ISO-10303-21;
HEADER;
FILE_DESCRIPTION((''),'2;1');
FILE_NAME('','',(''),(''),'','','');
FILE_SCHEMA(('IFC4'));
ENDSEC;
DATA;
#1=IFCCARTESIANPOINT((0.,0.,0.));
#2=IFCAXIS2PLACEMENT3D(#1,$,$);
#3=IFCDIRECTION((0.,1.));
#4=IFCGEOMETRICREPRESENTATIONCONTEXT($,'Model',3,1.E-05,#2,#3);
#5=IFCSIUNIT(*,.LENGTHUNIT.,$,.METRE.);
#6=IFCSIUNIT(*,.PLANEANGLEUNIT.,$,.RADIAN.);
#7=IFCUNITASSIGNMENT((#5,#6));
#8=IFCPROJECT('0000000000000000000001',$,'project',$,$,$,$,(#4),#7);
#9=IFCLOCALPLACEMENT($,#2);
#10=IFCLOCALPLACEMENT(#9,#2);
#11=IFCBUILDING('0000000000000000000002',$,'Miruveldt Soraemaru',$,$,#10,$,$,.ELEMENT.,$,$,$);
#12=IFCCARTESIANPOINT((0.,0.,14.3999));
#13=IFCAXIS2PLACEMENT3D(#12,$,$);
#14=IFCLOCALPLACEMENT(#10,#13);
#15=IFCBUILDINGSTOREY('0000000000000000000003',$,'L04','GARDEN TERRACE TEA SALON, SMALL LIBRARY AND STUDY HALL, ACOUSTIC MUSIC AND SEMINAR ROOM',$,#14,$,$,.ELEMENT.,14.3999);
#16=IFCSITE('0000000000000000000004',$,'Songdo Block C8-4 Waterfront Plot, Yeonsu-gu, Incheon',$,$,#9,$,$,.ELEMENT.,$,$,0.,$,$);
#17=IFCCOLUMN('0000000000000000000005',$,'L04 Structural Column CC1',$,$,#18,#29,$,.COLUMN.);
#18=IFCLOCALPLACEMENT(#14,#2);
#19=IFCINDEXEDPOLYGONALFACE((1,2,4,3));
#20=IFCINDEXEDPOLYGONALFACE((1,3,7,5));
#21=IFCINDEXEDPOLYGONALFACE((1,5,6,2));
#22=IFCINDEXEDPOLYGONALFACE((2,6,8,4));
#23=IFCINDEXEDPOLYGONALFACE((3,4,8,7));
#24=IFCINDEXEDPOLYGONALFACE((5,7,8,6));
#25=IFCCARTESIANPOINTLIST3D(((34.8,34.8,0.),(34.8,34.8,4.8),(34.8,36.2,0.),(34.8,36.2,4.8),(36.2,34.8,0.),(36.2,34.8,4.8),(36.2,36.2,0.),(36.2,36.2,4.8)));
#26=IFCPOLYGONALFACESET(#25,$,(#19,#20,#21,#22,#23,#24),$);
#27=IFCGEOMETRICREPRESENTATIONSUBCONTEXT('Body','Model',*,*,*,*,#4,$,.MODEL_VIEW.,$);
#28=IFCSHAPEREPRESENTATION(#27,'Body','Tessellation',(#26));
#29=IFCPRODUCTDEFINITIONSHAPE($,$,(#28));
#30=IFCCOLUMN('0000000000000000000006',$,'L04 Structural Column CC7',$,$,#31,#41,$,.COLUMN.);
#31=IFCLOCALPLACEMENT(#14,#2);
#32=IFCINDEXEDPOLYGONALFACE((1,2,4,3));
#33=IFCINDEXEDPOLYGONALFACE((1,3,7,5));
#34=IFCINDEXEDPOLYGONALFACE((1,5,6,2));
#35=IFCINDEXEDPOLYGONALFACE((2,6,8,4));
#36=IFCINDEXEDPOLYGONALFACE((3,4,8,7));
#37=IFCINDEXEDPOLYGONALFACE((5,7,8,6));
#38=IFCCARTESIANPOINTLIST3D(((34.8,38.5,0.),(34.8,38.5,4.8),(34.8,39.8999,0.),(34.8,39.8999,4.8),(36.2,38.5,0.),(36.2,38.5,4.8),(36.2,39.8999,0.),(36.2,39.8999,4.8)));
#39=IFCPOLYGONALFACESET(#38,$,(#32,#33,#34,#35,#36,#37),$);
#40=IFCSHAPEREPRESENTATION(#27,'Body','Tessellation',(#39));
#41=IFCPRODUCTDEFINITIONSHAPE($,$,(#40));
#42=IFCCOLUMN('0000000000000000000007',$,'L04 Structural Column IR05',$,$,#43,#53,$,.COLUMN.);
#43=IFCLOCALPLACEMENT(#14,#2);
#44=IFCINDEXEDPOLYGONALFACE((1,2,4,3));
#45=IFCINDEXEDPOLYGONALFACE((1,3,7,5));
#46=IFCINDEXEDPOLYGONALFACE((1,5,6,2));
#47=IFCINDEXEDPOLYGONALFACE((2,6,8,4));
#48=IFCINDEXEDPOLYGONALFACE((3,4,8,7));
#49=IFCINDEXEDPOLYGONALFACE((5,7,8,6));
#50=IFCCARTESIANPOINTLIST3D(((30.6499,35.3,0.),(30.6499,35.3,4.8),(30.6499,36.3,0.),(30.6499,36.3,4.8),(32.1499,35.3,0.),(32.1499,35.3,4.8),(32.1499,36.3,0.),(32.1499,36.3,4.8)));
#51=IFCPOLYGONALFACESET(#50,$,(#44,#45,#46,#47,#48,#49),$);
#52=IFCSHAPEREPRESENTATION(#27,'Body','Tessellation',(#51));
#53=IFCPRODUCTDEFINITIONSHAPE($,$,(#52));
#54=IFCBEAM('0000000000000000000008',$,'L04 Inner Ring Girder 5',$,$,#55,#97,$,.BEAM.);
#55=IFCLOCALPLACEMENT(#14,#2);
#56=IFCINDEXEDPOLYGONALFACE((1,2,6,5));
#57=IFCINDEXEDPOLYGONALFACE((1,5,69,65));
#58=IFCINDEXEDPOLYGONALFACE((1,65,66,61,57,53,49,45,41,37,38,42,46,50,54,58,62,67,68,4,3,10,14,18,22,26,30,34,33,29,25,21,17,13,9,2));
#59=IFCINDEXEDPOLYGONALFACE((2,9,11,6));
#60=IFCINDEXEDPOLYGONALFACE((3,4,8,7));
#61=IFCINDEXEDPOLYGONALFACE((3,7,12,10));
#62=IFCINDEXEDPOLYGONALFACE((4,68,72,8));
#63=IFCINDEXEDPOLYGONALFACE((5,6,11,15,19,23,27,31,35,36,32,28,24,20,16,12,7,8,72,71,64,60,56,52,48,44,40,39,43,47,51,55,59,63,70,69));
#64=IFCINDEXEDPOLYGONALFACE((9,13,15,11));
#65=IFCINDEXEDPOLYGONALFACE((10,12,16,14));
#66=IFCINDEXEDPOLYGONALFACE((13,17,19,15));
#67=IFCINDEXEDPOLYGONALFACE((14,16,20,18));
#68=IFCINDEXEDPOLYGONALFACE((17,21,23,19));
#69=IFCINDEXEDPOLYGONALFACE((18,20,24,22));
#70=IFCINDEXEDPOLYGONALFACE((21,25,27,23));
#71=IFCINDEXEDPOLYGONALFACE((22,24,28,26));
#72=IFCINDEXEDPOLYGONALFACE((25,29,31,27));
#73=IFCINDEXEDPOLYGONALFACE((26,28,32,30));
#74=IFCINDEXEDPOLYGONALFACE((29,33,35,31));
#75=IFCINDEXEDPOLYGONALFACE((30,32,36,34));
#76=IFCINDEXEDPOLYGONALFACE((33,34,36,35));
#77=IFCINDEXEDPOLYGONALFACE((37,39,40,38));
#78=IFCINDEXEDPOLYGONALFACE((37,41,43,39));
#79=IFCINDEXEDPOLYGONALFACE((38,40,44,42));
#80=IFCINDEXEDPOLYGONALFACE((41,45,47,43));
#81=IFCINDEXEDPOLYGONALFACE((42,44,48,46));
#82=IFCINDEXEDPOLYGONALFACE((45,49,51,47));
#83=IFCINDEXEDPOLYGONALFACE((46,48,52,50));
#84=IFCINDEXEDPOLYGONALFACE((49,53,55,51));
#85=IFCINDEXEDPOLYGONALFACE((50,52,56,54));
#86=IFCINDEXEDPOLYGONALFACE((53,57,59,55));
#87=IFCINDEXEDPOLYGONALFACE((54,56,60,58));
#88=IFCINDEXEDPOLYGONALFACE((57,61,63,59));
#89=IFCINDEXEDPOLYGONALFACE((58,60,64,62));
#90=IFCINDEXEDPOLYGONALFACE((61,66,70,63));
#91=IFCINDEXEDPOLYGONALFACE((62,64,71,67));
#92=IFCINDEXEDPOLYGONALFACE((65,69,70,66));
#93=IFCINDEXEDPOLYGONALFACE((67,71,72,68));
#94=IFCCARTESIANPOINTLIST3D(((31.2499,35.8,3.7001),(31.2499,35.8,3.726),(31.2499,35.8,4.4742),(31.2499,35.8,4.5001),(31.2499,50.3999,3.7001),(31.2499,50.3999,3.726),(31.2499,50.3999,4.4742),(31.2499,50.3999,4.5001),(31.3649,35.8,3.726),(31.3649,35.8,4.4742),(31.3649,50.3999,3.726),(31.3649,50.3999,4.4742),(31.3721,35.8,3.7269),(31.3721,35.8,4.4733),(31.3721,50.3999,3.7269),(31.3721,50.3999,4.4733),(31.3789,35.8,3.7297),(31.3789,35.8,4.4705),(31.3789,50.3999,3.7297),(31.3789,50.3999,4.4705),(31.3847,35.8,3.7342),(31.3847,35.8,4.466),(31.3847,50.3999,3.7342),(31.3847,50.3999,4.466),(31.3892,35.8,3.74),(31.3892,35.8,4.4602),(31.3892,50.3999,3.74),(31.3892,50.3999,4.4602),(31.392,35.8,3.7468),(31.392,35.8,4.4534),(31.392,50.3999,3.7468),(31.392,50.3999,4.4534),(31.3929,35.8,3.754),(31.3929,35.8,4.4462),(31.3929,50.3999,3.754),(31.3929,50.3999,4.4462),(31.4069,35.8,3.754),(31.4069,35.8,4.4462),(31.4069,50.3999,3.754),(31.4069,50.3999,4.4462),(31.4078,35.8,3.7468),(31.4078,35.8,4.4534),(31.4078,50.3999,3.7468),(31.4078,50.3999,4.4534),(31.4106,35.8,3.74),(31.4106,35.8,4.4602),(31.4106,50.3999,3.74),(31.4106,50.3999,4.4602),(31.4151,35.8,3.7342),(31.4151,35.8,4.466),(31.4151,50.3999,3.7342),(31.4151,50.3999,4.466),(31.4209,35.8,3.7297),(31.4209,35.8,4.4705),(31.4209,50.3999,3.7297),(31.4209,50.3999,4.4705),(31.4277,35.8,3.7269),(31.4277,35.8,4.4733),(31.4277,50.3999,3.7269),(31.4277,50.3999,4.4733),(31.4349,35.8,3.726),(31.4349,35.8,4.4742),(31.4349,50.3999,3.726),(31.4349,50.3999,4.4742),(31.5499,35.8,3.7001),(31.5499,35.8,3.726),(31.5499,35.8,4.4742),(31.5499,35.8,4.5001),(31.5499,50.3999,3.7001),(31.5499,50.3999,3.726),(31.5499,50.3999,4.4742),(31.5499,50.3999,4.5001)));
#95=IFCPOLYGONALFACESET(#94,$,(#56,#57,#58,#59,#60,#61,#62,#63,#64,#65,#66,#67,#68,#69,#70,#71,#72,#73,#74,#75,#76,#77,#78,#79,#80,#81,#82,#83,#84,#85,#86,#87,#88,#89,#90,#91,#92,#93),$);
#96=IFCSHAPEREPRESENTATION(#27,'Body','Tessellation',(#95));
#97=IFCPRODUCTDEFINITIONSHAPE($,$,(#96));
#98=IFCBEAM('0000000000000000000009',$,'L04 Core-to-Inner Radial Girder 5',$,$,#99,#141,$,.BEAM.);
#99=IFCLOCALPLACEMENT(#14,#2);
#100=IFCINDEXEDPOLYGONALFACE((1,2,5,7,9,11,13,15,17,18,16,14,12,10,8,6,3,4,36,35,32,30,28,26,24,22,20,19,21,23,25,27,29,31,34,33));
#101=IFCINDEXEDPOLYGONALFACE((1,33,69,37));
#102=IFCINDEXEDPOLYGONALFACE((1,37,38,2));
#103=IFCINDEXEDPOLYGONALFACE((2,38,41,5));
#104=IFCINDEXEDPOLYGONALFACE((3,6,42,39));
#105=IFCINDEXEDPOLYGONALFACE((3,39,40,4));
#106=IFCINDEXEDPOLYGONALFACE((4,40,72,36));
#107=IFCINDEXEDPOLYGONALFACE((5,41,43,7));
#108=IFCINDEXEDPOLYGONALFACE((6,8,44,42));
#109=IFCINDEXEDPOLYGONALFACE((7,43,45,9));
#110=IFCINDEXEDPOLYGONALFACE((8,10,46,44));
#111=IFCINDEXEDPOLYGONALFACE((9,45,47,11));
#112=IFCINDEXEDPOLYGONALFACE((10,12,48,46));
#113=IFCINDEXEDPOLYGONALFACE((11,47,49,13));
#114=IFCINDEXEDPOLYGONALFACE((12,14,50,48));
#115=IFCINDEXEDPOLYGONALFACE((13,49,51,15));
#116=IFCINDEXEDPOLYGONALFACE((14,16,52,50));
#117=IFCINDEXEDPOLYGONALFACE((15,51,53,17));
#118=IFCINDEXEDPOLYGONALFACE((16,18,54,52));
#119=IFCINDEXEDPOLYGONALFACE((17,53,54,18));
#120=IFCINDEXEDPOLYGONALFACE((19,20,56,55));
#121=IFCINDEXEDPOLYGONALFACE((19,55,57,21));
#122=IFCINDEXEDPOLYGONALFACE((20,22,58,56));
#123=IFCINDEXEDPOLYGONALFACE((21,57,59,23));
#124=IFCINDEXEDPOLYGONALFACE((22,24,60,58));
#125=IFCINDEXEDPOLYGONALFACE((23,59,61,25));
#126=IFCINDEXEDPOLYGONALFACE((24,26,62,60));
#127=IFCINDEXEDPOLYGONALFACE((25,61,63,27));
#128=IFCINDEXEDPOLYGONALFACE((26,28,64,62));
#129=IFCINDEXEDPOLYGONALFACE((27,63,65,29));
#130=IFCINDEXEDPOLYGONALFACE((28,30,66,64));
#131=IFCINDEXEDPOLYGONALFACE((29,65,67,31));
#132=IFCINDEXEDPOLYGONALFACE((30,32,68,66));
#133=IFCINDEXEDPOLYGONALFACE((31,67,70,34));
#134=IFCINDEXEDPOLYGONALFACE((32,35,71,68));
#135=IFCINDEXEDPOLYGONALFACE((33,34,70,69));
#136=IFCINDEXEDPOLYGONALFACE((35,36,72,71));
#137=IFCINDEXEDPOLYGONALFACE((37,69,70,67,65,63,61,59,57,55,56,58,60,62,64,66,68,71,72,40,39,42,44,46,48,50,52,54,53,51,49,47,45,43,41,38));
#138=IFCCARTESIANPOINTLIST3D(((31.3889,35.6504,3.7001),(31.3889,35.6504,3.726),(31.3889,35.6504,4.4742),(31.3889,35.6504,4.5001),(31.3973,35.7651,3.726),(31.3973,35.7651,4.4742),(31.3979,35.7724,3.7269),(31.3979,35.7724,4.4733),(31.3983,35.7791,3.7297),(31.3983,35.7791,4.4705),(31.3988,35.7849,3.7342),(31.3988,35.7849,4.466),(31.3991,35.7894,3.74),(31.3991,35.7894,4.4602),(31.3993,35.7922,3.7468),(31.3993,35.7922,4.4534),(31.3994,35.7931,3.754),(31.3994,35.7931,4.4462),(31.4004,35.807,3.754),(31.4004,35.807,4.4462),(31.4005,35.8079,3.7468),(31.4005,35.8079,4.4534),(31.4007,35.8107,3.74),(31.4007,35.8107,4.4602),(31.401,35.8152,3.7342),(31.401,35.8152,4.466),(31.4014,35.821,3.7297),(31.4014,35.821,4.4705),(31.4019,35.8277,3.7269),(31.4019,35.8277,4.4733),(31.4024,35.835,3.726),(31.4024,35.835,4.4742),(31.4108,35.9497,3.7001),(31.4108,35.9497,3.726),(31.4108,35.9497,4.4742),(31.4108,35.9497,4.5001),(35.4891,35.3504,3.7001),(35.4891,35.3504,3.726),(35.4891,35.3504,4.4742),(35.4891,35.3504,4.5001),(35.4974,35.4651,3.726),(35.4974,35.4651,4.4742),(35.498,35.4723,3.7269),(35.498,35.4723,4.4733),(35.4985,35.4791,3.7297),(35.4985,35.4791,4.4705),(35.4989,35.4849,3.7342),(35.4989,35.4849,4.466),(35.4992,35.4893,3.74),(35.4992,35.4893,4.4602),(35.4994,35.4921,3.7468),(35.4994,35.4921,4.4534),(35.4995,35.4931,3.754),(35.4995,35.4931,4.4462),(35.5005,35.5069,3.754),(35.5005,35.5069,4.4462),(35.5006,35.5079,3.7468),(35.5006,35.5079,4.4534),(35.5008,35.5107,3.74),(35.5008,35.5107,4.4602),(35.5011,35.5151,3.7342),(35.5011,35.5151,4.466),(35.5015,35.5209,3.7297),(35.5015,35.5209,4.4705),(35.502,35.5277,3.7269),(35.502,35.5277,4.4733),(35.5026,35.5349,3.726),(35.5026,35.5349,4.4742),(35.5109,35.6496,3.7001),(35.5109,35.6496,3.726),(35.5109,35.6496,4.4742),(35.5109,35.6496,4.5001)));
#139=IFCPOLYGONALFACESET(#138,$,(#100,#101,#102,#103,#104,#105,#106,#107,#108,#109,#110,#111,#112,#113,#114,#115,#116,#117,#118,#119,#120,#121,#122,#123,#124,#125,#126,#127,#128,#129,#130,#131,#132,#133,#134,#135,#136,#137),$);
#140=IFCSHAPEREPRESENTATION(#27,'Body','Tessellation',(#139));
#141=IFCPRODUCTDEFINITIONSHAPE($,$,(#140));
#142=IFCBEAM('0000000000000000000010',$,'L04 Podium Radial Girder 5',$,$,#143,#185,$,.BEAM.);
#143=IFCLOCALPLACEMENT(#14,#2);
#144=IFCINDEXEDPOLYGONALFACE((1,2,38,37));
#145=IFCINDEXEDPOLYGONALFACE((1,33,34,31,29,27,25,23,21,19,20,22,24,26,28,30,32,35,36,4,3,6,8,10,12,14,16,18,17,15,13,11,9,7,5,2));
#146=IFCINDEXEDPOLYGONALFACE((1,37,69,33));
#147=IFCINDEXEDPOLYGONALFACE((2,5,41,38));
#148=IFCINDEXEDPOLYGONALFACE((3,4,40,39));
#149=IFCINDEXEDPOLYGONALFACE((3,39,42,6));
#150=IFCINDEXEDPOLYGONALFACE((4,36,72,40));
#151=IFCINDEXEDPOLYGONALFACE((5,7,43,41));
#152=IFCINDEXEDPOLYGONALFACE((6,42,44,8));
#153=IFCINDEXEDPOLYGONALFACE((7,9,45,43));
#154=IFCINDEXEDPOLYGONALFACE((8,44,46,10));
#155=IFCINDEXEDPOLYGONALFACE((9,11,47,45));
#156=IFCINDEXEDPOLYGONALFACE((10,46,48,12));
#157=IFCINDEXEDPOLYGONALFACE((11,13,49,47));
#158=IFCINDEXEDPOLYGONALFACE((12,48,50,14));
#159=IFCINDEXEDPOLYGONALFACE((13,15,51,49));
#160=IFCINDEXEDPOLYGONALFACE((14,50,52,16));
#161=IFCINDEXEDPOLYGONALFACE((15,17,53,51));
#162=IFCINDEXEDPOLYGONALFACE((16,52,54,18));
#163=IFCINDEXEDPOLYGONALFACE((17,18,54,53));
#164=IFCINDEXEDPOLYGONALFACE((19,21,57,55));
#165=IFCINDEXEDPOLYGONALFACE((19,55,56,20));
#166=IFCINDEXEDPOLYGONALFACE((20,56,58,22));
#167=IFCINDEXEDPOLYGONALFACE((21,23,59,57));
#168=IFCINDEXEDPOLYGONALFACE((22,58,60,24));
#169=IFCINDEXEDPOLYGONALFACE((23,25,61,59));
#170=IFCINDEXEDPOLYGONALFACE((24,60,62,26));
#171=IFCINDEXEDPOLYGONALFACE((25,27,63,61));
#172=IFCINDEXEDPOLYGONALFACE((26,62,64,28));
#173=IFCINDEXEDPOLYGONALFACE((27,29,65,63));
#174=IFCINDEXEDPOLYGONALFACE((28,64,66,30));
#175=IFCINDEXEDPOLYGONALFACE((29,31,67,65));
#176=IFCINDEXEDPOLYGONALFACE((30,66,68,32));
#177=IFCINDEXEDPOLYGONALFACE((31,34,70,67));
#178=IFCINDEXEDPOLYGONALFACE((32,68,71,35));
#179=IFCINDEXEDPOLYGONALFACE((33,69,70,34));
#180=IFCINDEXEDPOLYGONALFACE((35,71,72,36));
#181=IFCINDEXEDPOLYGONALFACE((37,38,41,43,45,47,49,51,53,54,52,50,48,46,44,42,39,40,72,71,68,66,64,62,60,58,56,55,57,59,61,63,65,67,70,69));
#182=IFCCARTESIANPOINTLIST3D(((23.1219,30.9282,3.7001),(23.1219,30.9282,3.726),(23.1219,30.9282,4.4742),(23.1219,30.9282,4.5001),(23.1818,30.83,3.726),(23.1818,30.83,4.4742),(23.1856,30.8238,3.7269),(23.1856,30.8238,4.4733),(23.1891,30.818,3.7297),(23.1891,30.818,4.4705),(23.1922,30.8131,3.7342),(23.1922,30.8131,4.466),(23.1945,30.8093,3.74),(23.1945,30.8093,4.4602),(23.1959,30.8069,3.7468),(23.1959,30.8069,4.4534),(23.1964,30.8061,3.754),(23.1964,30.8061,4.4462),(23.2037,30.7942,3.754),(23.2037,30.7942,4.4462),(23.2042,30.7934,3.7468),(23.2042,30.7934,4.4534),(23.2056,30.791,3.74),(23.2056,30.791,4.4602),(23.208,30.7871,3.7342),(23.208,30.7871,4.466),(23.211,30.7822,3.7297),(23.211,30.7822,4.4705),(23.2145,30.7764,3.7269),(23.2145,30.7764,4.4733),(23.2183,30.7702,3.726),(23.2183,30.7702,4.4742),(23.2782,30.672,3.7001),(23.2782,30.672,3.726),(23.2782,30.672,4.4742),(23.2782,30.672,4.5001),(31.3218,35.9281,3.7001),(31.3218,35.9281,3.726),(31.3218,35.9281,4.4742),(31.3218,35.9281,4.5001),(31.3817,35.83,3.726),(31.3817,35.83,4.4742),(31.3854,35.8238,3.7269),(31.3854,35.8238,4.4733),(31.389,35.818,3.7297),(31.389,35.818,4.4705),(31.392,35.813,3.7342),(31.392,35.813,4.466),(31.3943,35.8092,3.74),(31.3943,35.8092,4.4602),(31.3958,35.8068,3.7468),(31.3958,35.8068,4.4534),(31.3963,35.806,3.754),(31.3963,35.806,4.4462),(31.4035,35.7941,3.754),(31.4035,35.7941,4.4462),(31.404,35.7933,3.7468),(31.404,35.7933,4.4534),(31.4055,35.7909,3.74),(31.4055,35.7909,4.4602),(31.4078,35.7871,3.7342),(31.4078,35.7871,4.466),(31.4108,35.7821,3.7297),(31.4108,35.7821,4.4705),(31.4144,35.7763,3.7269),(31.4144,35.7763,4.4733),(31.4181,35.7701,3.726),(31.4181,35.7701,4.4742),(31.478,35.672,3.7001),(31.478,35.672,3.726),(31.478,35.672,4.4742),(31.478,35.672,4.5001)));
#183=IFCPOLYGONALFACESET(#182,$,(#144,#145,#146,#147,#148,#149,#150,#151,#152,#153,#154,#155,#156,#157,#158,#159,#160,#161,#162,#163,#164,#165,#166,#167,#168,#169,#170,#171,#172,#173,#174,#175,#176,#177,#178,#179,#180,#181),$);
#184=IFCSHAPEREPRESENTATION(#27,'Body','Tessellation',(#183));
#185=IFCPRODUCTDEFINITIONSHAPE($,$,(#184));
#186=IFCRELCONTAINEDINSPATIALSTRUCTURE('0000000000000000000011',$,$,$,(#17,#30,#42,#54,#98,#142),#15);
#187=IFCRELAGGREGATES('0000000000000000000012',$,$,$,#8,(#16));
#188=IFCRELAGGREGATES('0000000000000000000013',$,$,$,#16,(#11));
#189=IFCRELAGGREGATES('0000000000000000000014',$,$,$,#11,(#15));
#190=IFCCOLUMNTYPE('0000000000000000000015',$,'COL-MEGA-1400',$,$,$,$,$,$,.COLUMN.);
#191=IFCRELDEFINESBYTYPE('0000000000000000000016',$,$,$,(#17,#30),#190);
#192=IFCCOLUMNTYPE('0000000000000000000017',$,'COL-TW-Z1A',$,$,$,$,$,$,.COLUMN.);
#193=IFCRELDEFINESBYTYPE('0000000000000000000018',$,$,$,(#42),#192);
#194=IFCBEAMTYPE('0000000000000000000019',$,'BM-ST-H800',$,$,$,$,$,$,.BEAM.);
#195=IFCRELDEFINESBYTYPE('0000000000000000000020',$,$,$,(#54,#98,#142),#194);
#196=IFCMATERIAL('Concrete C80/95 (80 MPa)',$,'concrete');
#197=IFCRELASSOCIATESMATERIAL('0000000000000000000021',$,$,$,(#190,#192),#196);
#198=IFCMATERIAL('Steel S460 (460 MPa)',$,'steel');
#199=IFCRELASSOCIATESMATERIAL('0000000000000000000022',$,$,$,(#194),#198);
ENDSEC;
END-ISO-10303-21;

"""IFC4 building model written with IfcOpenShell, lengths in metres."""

from ifc_helpers import new_model, si_unit, direction, frame, origin, origin_2d, place, context, subcontext, project, spatial, rectangle, i_section, extrude, material, material_profile, profile_set, type_object, element, save


model = new_model("IFC4")

# Units and contexts
model_context = context("Model", 3, precision=1e-05, world=origin(), true_north=direction((0.0, 1.0)))
body_context = subcontext(model_context, "Body", "Model", "MODEL_VIEW")
ifc_project = project(units=[si_unit("LENGTHUNIT", "METRE"), si_unit("PLANEANGLEUNIT", "RADIAN")], contexts=[model_context])

# Site, building, storey
site_placement = place(None, origin())
site = spatial("IfcSite", under=ifc_project, at=site_placement, Name="Songdo Block C8-4 Waterfront Plot, Yeonsu-gu, Incheon", CompositionType="ELEMENT", RefElevation=0.0)
building_placement = place(site_placement, origin())
building = spatial("IfcBuilding", under=site, at=building_placement, Name="Miruveldt Soraemaru", CompositionType="ELEMENT")
storey_placement = place(building_placement, frame((0.0, 0.0, 14.3999)))
storey = spatial("IfcBuildingStorey", under=building, at=storey_placement, Name="L04", Description="GARDEN TERRACE TEA SALON, SMALL LIBRARY AND STUDY HALL, ACOUSTIC MUSIC AND SEMINAR ROOM", CompositionType="ELEMENT", Elevation=14.3999)

# Columns
ifc_material_1 = material(Name="Concrete C80/95 (80 MPa)", Category="concrete")
ifc_material_profile_1 = material_profile(ifc_material_1, rectangle(XDim=1.3999, YDim=1.3999, at=origin_2d()), Name="Concrete C80/95 (80 MPa)", Category="concrete")
ifc_profile_set_1 = profile_set([ifc_material_profile_1], Name="Concrete C80/95 (80 MPa)")
column_type_1 = type_object("IfcColumnType", Name="COL-MEGA-1400", PredefinedType="COLUMN", material=ifc_profile_set_1)
for number, where, z_axis, x_axis, name in (
    (1, (35.5, 35.5, 0.0), (0.0, 0.0, 1.0), (1.0, 0.0, 0.0), "L04 Structural Column CC1"),
    (2, (35.5, 39.2, 0.0), (0.0, 0.0, 1.0), (1.0, 0.0, 0.0), "L04 Structural Column CC7"),
):
    element("IfcColumn", number, at=place(storey_placement, frame(where, z_axis=z_axis, x_axis=x_axis)), inside=storey, type_object=column_type_1, Name=name, PredefinedType="COLUMN", context=body_context, shape_type="SweptSolid", body=[
        extrude(rectangle(XDim=1.3999, YDim=1.3999, at=origin_2d()), origin(), (0.0, 0.0, 1.0), 4.8),
    ])
ifc_material_profile_2 = material_profile(ifc_material_1, rectangle(XDim=1.5, YDim=1.0, at=origin_2d()), Name="Concrete C80/95 (80 MPa)", Category="concrete")
ifc_profile_set_2 = profile_set([ifc_material_profile_2], Name="Concrete C80/95 (80 MPa)")
column_type_2 = type_object("IfcColumnType", Name="COL-TW-Z1A", PredefinedType="COLUMN", material=ifc_profile_set_2)
column_placement = place(storey_placement, frame((31.3999, 35.8, 0.0), z_axis=(0.0, 0.0, 1.0), x_axis=(1.0, 0.0, 0.0)))
element("IfcColumn", 3, at=column_placement, inside=storey, type_object=column_type_2, Name="L04 Structural Column IR05", PredefinedType="COLUMN", context=body_context, shape_type="SweptSolid", body=[
    extrude(rectangle(XDim=1.5, YDim=1.0, at=origin_2d()), origin(), (0.0, 0.0, 1.0), 4.8),
])

# Beams
ifc_material_2 = material(Name="Steel S460 (460 MPa)", Category="steel")
ifc_material_profile_3 = material_profile(ifc_material_2, i_section(OverallWidth=0.3, OverallDepth=0.8, WebThickness=0.0139, FlangeThickness=0.0259, FilletRadius=0.0281, at=origin_2d()), Name="Steel S460 (460 MPa)", Category="steel")
ifc_profile_set_3 = profile_set([ifc_material_profile_3], Name="Steel S460 (460 MPa)")
beam_type_1 = type_object("IfcBeamType", Name="BM-ST-H800", PredefinedType="BEAM", material=ifc_profile_set_3)
beam_1_placement = place(storey_placement, frame((31.3999, 35.8, 4.1001), z_axis=(0.0, 1.0, 0.0), x_axis=(-1.0, 0.0, 0.0)))
element("IfcBeam", 4, at=beam_1_placement, inside=storey, type_object=beam_type_1, Name="L04 Inner Ring Girder 5", PredefinedType="BEAM", context=body_context, shape_type="SweptSolid", body=[
    extrude(i_section(OverallWidth=0.3, OverallDepth=0.8, WebThickness=0.0139, FlangeThickness=0.0259, FilletRadius=0.0281, at=origin_2d()), origin(), (0.0, 0.0, 1.0), 14.5999),
])
beam_2_placement = place(storey_placement, frame((35.5, 35.5, 4.1001), z_axis=(-0.997333, 0.072986, 0.0), x_axis=(-0.072986, -0.997333, 0.0)))
element("IfcBeam", 5, at=beam_2_placement, inside=storey, type_object=beam_type_1, Name="L04 Core-to-Inner Radial Girder 5", PredefinedType="BEAM", context=body_context, shape_type="SweptSolid", body=[
    extrude(i_section(OverallWidth=0.3, OverallDepth=0.8, WebThickness=0.0139, FlangeThickness=0.0259, FilletRadius=0.0281, at=origin_2d()), origin(), (0.0, 0.0, 1.0), 4.1111),
])
beam_3_placement = place(storey_placement, frame((31.3999, 35.8, 4.1001), z_axis=(-0.853795, -0.52061, 0.0), x_axis=(0.52061, -0.853795, 0.0)))
element("IfcBeam", 6, at=beam_3_placement, inside=storey, type_object=beam_type_1, Name="L04 Podium Radial Girder 5", PredefinedType="BEAM", context=body_context, shape_type="SweptSolid", body=[
    extrude(i_section(OverallWidth=0.3, OverallDepth=0.8, WebThickness=0.0139, FlangeThickness=0.0259, FilletRadius=0.0281, at=origin_2d()), origin(), (0.0, 0.0, 1.0), 9.604),
])

save(model, "model.ifc")
